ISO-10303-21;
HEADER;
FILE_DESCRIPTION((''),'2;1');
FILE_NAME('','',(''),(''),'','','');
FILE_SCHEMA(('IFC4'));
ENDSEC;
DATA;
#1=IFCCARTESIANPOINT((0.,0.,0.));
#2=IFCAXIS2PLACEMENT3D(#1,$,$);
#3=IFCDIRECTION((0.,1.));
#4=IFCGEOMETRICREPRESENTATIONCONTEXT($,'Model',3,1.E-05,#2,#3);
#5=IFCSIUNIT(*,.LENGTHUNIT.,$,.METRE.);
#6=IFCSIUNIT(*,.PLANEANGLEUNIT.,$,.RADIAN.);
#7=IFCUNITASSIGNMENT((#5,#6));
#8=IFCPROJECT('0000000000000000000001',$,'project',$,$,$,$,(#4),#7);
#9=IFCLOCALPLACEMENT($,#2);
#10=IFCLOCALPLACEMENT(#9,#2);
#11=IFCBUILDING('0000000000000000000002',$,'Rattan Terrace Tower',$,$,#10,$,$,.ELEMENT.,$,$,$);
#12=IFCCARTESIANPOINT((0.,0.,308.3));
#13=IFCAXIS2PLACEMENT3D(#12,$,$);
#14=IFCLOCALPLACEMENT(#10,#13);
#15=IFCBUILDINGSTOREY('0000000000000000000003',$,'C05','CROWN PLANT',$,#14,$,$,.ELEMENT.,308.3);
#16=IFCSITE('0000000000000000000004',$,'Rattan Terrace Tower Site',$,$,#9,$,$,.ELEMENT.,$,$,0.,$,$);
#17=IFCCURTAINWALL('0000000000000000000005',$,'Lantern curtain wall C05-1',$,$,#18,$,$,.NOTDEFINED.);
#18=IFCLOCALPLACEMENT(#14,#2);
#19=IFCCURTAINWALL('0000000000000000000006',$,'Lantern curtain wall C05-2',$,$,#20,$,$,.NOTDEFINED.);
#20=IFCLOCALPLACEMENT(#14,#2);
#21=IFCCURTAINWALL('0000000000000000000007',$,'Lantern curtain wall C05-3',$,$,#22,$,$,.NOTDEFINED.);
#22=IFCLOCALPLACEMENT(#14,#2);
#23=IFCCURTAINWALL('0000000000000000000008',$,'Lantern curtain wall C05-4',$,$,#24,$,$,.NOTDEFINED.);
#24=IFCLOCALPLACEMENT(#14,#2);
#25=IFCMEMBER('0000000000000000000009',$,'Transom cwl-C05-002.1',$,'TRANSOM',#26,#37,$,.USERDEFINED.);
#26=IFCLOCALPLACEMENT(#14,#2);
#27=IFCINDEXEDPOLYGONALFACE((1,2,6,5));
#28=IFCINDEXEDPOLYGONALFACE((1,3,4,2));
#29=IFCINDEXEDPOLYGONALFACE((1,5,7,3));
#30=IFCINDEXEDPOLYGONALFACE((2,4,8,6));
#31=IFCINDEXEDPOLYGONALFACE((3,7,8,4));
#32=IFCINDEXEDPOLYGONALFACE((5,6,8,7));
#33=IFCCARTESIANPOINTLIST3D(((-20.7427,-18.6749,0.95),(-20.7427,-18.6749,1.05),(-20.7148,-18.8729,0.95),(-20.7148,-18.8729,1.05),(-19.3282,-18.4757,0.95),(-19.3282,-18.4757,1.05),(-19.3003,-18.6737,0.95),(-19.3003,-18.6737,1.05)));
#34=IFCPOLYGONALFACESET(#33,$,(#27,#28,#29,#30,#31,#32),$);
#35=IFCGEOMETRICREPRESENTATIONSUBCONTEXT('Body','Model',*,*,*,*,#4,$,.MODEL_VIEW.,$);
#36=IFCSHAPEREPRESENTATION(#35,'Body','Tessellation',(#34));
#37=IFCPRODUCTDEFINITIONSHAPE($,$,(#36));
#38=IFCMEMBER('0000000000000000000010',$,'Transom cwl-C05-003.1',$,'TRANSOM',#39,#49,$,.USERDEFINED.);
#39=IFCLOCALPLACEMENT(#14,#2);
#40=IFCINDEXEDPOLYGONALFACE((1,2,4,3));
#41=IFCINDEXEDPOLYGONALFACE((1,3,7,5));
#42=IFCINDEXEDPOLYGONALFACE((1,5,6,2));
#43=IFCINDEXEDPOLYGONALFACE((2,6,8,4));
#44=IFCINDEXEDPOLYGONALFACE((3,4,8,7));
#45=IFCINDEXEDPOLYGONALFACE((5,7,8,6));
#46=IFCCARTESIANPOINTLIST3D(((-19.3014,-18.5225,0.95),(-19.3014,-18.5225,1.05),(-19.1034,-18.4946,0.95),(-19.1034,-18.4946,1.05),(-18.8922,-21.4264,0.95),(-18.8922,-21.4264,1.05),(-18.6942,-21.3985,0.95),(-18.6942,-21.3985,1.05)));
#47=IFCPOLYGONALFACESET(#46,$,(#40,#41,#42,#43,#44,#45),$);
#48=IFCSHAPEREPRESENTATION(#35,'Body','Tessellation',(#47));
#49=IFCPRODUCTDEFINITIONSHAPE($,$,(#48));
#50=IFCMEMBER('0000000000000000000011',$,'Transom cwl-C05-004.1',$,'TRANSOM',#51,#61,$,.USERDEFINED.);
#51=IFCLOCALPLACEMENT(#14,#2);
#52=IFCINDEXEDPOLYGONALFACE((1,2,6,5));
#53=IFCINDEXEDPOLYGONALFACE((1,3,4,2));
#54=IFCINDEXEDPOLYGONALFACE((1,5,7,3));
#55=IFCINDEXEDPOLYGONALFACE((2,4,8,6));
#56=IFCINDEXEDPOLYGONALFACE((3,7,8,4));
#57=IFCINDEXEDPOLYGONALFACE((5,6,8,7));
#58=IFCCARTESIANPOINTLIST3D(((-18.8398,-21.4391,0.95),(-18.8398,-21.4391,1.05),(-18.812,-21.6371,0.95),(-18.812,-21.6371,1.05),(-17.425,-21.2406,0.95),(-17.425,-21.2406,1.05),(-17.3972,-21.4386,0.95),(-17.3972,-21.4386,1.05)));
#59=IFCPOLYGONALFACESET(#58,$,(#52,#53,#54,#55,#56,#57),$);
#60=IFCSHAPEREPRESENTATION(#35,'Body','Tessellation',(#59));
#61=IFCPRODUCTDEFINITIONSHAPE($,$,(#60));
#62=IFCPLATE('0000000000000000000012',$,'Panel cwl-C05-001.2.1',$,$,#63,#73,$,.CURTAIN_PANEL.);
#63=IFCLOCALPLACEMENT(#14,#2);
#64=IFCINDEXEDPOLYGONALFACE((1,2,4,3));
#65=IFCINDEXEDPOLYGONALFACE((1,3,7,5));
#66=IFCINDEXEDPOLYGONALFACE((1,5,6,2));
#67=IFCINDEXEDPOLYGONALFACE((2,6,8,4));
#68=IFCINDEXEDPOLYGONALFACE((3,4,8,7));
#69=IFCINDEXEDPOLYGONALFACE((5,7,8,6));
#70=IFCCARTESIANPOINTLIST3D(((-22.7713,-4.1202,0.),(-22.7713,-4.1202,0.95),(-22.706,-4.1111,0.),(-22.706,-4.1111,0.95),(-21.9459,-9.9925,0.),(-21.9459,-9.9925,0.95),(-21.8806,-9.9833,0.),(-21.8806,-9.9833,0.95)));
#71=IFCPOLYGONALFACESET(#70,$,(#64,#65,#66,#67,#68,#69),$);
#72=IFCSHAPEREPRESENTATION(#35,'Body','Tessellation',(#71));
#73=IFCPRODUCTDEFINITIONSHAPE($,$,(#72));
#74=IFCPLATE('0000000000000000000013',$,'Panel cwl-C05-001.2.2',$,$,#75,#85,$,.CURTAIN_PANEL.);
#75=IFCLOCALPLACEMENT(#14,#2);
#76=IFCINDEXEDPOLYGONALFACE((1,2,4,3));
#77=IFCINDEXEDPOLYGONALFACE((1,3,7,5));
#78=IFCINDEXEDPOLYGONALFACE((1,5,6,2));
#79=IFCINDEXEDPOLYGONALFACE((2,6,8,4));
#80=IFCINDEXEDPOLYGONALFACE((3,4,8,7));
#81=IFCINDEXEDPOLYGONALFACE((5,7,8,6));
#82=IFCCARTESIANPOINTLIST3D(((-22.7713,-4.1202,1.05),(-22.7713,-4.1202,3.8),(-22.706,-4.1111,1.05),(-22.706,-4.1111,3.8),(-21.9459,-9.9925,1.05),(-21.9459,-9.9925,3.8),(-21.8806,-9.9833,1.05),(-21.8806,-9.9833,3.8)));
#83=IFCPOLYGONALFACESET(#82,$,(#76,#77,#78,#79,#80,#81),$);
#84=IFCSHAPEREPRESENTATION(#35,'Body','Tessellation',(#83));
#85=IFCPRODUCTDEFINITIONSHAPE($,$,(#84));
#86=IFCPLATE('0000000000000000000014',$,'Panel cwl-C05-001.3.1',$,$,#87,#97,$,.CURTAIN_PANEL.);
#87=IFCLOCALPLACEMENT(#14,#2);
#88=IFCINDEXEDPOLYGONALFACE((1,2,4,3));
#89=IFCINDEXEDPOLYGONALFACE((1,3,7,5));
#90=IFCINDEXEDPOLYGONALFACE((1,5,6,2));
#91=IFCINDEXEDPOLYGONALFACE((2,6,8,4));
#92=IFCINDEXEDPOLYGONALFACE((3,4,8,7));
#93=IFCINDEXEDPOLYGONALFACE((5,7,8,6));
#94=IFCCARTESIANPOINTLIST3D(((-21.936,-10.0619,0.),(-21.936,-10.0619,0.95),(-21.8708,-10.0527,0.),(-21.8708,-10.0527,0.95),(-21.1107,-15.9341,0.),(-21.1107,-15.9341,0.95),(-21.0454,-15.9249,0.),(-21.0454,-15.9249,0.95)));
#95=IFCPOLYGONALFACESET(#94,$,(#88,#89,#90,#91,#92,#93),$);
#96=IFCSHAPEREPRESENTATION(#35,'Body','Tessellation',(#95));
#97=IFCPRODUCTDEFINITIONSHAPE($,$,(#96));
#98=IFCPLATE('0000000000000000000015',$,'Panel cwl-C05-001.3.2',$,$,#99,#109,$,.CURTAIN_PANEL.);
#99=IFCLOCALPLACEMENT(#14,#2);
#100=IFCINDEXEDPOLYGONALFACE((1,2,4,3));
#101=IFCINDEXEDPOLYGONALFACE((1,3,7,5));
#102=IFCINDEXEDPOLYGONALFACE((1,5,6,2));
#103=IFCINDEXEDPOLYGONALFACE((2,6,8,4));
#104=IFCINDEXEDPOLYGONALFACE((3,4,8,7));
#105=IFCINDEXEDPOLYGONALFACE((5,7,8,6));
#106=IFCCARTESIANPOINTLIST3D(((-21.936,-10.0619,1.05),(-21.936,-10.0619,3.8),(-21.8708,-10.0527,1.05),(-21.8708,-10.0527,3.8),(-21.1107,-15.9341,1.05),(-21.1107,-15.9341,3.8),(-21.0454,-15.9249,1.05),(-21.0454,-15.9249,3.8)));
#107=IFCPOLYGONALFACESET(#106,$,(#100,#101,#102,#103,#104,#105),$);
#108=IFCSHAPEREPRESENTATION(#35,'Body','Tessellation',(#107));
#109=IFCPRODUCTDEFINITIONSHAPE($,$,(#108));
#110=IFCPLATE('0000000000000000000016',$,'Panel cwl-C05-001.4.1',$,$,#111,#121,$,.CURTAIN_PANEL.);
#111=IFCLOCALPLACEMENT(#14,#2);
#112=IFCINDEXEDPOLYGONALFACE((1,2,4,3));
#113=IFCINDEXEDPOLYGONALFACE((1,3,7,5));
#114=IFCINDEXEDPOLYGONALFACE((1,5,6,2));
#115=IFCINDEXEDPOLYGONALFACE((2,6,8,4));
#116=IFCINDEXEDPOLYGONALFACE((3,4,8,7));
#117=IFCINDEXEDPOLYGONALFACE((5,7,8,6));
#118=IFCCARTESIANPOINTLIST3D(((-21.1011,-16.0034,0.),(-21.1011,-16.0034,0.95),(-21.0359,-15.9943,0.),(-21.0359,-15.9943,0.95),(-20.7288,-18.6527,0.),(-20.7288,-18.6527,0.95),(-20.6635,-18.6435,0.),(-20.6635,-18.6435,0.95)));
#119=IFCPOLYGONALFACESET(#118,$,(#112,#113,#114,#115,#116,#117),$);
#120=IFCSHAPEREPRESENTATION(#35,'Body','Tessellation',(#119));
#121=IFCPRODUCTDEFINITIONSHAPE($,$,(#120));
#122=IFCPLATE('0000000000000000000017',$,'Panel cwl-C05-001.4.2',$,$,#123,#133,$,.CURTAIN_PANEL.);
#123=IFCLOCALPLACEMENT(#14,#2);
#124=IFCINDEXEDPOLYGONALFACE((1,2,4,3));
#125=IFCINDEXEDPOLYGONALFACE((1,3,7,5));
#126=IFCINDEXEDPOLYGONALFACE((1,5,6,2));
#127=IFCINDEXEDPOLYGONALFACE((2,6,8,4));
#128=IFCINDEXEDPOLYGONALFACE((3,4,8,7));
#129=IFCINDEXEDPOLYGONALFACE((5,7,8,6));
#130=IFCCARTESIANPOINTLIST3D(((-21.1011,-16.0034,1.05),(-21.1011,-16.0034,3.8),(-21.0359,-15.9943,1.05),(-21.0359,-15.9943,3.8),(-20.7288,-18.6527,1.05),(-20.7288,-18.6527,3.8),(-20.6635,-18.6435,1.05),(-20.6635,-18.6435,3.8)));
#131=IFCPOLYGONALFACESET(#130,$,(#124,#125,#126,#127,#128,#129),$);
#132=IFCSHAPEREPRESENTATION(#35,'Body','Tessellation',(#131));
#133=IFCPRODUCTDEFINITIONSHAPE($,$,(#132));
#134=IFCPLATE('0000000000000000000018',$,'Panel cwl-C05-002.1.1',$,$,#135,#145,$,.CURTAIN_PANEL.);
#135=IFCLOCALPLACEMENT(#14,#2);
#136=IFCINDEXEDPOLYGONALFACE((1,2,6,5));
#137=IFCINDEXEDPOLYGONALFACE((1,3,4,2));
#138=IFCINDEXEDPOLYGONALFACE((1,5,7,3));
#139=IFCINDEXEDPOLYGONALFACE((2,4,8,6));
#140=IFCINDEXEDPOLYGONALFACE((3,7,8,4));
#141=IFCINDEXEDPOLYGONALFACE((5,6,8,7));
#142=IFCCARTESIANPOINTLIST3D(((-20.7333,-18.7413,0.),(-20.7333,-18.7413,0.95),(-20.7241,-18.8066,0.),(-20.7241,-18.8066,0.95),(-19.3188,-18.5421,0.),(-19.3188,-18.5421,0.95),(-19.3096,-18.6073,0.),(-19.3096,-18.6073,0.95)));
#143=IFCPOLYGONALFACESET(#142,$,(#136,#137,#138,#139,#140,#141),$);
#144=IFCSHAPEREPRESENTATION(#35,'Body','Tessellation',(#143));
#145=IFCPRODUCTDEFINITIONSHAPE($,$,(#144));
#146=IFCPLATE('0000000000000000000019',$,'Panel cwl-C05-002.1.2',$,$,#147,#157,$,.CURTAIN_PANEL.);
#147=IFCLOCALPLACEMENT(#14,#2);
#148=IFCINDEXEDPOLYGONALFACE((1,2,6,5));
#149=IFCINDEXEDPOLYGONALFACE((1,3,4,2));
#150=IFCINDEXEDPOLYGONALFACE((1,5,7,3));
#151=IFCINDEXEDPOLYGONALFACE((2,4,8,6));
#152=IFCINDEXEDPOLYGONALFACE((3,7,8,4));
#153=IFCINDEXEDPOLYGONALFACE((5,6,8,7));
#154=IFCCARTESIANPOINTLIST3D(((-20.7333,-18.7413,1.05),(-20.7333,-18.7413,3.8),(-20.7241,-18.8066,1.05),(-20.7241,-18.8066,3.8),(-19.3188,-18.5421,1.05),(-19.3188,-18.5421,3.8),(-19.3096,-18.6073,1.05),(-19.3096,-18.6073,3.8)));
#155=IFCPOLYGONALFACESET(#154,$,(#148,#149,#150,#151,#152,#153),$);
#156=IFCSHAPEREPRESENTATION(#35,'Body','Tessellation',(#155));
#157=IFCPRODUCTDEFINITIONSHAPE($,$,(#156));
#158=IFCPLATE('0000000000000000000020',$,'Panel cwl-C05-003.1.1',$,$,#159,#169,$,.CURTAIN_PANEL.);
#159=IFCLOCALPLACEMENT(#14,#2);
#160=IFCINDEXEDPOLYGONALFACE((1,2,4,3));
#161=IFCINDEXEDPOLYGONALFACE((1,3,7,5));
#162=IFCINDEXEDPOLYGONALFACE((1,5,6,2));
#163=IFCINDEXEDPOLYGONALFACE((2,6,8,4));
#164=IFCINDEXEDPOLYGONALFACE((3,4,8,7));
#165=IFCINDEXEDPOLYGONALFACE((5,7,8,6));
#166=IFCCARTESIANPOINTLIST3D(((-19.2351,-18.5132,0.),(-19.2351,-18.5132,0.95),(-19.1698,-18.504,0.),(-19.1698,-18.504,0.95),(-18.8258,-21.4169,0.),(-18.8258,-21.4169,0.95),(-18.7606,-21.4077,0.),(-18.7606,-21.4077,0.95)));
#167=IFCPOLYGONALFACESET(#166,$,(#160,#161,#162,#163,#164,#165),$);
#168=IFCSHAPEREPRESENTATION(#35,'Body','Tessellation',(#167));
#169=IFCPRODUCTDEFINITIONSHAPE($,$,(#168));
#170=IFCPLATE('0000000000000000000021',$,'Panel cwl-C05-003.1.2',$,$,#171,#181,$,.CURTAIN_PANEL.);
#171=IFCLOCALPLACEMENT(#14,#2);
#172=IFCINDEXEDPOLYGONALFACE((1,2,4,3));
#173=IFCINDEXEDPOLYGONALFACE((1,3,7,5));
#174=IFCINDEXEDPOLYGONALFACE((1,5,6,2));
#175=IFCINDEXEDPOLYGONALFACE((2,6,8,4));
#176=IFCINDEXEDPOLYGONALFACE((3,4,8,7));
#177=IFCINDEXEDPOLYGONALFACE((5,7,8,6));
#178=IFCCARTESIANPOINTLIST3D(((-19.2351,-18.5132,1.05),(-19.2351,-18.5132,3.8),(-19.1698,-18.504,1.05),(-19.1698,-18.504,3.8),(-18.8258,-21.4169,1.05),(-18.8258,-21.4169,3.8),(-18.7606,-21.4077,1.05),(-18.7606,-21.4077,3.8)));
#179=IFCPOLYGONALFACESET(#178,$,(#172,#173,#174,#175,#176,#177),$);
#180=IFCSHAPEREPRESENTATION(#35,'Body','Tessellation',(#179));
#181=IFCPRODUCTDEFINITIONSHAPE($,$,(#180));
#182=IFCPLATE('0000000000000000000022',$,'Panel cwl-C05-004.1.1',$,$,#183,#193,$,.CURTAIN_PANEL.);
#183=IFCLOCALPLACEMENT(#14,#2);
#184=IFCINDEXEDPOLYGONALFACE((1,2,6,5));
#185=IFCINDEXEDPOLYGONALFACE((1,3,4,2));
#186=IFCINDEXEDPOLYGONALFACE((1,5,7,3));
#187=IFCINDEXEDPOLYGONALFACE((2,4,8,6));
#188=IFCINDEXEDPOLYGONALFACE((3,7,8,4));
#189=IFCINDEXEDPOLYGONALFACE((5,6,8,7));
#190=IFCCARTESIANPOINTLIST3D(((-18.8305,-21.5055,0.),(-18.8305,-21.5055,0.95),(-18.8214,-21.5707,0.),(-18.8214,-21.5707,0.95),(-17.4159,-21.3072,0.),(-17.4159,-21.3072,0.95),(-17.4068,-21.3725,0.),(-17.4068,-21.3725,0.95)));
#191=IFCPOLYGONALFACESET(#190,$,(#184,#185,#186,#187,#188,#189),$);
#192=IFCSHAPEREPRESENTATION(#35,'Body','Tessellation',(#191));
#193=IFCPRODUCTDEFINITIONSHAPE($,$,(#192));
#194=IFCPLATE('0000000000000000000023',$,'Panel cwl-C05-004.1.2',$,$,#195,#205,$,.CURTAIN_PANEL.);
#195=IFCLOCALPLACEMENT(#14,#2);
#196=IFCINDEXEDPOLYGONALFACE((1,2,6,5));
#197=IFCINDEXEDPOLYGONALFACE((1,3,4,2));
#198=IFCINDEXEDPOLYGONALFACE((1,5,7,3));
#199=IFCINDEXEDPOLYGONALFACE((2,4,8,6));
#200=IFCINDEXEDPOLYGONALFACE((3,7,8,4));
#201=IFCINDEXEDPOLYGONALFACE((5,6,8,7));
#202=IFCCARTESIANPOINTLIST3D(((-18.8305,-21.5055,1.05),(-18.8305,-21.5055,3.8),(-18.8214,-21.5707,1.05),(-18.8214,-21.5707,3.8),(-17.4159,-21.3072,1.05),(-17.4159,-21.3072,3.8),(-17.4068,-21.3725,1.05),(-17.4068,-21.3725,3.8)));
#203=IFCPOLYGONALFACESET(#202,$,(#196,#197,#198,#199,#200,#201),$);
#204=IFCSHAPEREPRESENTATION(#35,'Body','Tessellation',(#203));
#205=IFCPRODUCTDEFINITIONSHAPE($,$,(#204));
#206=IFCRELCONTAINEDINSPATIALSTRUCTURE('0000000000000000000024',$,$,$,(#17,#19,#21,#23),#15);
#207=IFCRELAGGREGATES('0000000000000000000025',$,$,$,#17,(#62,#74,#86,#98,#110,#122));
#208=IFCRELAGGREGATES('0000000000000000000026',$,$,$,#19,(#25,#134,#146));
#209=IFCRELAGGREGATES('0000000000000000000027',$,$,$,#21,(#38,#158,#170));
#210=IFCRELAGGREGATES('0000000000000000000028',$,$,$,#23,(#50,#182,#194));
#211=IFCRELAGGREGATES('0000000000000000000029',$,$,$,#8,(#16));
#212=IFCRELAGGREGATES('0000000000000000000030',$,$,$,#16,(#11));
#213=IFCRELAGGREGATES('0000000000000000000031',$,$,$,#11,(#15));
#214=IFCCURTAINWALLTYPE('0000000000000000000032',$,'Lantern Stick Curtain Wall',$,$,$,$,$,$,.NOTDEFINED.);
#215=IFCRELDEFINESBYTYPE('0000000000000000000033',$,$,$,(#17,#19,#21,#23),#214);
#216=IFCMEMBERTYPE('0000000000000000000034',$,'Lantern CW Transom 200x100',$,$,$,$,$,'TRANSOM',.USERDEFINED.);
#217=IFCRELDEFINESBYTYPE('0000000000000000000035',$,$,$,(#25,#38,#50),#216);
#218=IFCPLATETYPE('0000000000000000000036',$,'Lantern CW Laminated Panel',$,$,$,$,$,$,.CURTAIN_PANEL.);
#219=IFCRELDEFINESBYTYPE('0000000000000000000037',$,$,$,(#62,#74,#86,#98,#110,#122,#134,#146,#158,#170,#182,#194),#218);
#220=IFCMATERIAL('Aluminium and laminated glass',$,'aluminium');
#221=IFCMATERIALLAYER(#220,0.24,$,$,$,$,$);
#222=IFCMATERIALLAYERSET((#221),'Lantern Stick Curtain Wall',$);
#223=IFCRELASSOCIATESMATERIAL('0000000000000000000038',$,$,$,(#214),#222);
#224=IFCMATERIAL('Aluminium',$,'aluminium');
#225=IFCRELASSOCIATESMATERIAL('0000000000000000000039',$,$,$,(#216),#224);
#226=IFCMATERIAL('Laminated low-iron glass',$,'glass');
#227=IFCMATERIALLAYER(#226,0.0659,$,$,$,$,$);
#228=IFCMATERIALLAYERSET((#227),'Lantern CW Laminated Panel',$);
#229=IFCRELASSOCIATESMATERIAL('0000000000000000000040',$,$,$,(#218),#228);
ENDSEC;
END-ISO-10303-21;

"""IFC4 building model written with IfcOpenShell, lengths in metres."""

from ifc_helpers import new_model, si_unit, direction, frame, origin, origin_2d, place, context, subcontext, project, spatial, rectangle, extrude, material, layer, layer_set, material_profile, profile_set, type_object, element, aggregate, save


model = new_model("IFC4")

# Units and contexts
model_context = context("Model", 3, precision=1e-05, world=origin(), true_north=direction((0.0, 1.0)))
body_context = subcontext(model_context, "Body", "Model", "MODEL_VIEW")
ifc_project = project(units=[si_unit("LENGTHUNIT", "METRE"), si_unit("PLANEANGLEUNIT", "RADIAN")], contexts=[model_context])

# Site, building, storey
site_placement = place(None, origin())
site = spatial("IfcSite", under=ifc_project, at=site_placement, Name="Rattan Terrace Tower Site", CompositionType="ELEMENT", RefElevation=0.0)
building_placement = place(site_placement, origin())
building = spatial("IfcBuilding", under=site, at=building_placement, Name="Rattan Terrace Tower", CompositionType="ELEMENT")
storey_placement = place(building_placement, frame((0.0, 0.0, 308.3)))
storey = spatial("IfcBuildingStorey", under=building, at=storey_placement, Name="C05", Description="CROWN PLANT", CompositionType="ELEMENT", Elevation=308.3)

# Curtain wall
ifc_material_1 = material(Name="Aluminium and laminated glass", Category="aluminium")
ifc_layer_1 = layer(ifc_material_1, 0.24)
ifc_layer_set_1 = layer_set([ifc_layer_1], Name="Lantern Stick Curtain Wall")
curtain_wall_type = type_object("IfcCurtainWallType", Name="Lantern Stick Curtain Wall", PredefinedType="NOTDEFINED", material=ifc_layer_set_1)
curtain_wall_1_placement = place(storey_placement, origin())
curtain_wall_1 = element("IfcCurtainWall", 1, at=curtain_wall_1_placement, inside=storey, type_object=curtain_wall_type, Name="Lantern curtain wall C05-1", PredefinedType="NOTDEFINED")

# Curtain walls
curtain_wall_2_placement = place(storey_placement, origin())
curtain_wall_2 = element("IfcCurtainWall", 2, at=curtain_wall_2_placement, inside=storey, type_object=curtain_wall_type, Name="Lantern curtain wall C05-2", PredefinedType="NOTDEFINED")
curtain_wall_3_placement = place(storey_placement, origin())
curtain_wall_3 = element("IfcCurtainWall", 3, at=curtain_wall_3_placement, inside=storey, type_object=curtain_wall_type, Name="Lantern curtain wall C05-3", PredefinedType="NOTDEFINED")
curtain_wall_4_placement = place(storey_placement, origin())
curtain_wall_4 = element("IfcCurtainWall", 4, at=curtain_wall_4_placement, inside=storey, type_object=curtain_wall_type, Name="Lantern curtain wall C05-4", PredefinedType="NOTDEFINED")

# Members
ifc_material_2 = material(Name="Aluminium", Category="aluminium")
ifc_material_profile_1 = material_profile(ifc_material_2, rectangle(XDim=0.2, YDim=0.1001, at=origin_2d()), Name="Aluminium 200x100")
ifc_profile_set_1 = profile_set([ifc_material_profile_1], Name="Aluminium")
member_type_1 = type_object("IfcMemberType", Name="Lantern CW Transom 200x100", ElementType="TRANSOM", PredefinedType="USERDEFINED", material=ifc_profile_set_1)
member_1_placement = place(storey_placement, frame((-20.7288, -18.7739, 1.0), z_axis=(0.990228, 0.139459, 0.0), x_axis=(-0.139459, 0.990228, 0.0)))
member_1 = element("IfcMember", 5, at=member_1_placement, type_object=member_type_1, Name="Transom cwl-C05-002.1", ObjectType="TRANSOM", PredefinedType="USERDEFINED", context=body_context, shape_type="SweptSolid", body=[
    extrude(rectangle(XDim=0.2, YDim=0.1001, at=origin_2d()), origin(), (0.0, 0.0, 1.0), 1.4285),
])
member_2_placement = place(storey_placement, frame((-19.2024, -18.5085, 1.0), z_axis=(0.139533, -0.990217, 0.0), x_axis=(0.990217, 0.139533, 0.0)))
member_2 = element("IfcMember", 6, at=member_2_placement, type_object=member_type_1, Name="Transom cwl-C05-003.1", ObjectType="TRANSOM", PredefinedType="USERDEFINED", context=body_context, shape_type="SweptSolid", body=[
    extrude(rectangle(XDim=0.2, YDim=0.1001, at=origin_2d()), origin(), (0.0, 0.0, 1.0), 2.9326),
])
member_3_placement = place(storey_placement, frame((-18.8259, -21.5381, 1.0), z_axis=(0.990302, 0.138933, 0.0), x_axis=(-0.138933, 0.990302, 0.0)))
member_3 = element("IfcMember", 7, at=member_3_placement, type_object=member_type_1, Name="Transom cwl-C05-004.1", ObjectType="TRANSOM", PredefinedType="USERDEFINED", context=body_context, shape_type="SweptSolid", body=[
    extrude(rectangle(XDim=0.2, YDim=0.1001, at=origin_2d()), origin(), (0.0, 0.0, 1.0), 1.4287),
])

# Plates
ifc_material_3 = material(Name="Laminated low-iron glass", Category="glass")
ifc_layer_2 = layer(ifc_material_3, 0.0659)
ifc_layer_set_2 = layer_set([ifc_layer_2], Name="Lantern CW Laminated Panel")
plate_type = type_object("IfcPlateType", Name="Lantern CW Laminated Panel", PredefinedType="CURTAIN_PANEL", material=ifc_layer_set_2)
plate_1_placement = place(storey_placement, frame((-22.3259, -7.0518, 0.0), z_axis=(0.0, 0.0, 1.0), x_axis=(0.139188, -0.990266, 0.0)))
plate_1 = element("IfcPlate", 8, at=plate_1_placement, type_object=plate_type, Name="Panel cwl-C05-001.2.1", PredefinedType="CURTAIN_PANEL", context=body_context, shape_type="SweptSolid", body=[
    extrude(rectangle(XDim=5.9299, YDim=0.0659, at=origin_2d()), origin(), (0.0, 0.0, 1.0), 0.95),
])
plate_2_placement = place(storey_placement, frame((-22.3259, -7.0518, 1.05), z_axis=(0.0, 0.0, 1.0), x_axis=(0.139188, -0.990266, 0.0)))
plate_2 = element("IfcPlate", 9, at=plate_2_placement, type_object=plate_type, Name="Panel cwl-C05-001.2.2", PredefinedType="CURTAIN_PANEL", context=body_context, shape_type="SweptSolid", body=[
    extrude(rectangle(XDim=5.9299, YDim=0.0659, at=origin_2d()), origin(), (0.0, 0.0, 1.0), 2.75),
])
plate_3_placement = place(storey_placement, frame((-21.4907, -12.9934, 0.0), z_axis=(0.0, 0.0, 1.0), x_axis=(0.139188, -0.990266, 0.0)))
plate_3 = element("IfcPlate", 10, at=plate_3_placement, type_object=plate_type, Name="Panel cwl-C05-001.3.1", PredefinedType="CURTAIN_PANEL", context=body_context, shape_type="SweptSolid", body=[
    extrude(rectangle(XDim=5.9299, YDim=0.0659, at=origin_2d()), origin(), (0.0, 0.0, 1.0), 0.95),
])
plate_4_placement = place(storey_placement, frame((-21.4907, -12.9934, 1.05), z_axis=(0.0, 0.0, 1.0), x_axis=(0.139188, -0.990266, 0.0)))
plate_4 = element("IfcPlate", 11, at=plate_4_placement, type_object=plate_type, Name="Panel cwl-C05-001.3.2", PredefinedType="CURTAIN_PANEL", context=body_context, shape_type="SweptSolid", body=[
    extrude(rectangle(XDim=5.9299, YDim=0.0659, at=origin_2d()), origin(), (0.0, 0.0, 1.0), 2.75),
])
plate_5_placement = place(storey_placement, frame((-20.8823, -17.3235, 0.0), z_axis=(0.0, 0.0, 1.0), x_axis=(0.139188, -0.990266, 0.0)))
plate_5 = element("IfcPlate", 12, at=plate_5_placement, type_object=plate_type, Name="Panel cwl-C05-001.4.1", PredefinedType="CURTAIN_PANEL", context=body_context, shape_type="SweptSolid", body=[
    extrude(rectangle(XDim=2.6753, YDim=0.0659, at=origin_2d()), origin(), (0.0, 0.0, 1.0), 0.95),
])
plate_6_placement = place(storey_placement, frame((-20.8823, -17.3235, 1.05), z_axis=(0.0, 0.0, 1.0), x_axis=(0.139188, -0.990266, 0.0)))
plate_6 = element("IfcPlate", 13, at=plate_6_placement, type_object=plate_type, Name="Panel cwl-C05-001.4.2", PredefinedType="CURTAIN_PANEL", context=body_context, shape_type="SweptSolid", body=[
    extrude(rectangle(XDim=2.6753, YDim=0.0659, at=origin_2d()), origin(), (0.0, 0.0, 1.0), 2.75),
])
aggregate(curtain_wall_1, [plate_1, plate_2, plate_3, plate_4, plate_5, plate_6])
plate_7_placement = place(storey_placement, frame((-20.0215, -18.6743, 0.0), z_axis=(0.0, 0.0, 1.0), x_axis=(0.990228, 0.139459, 0.0)))
plate_7 = element("IfcPlate", 14, at=plate_7_placement, type_object=plate_type, Name="Panel cwl-C05-002.1.1", PredefinedType="CURTAIN_PANEL", context=body_context, shape_type="SweptSolid", body=[
    extrude(rectangle(XDim=1.4285, YDim=0.0659, at=origin_2d()), origin(), (0.0, 0.0, 1.0), 0.95),
])
plate_8_placement = place(storey_placement, frame((-20.0215, -18.6743, 1.05), z_axis=(0.0, 0.0, 1.0), x_axis=(0.990228, 0.139459, 0.0)))
plate_8 = element("IfcPlate", 15, at=plate_8_placement, type_object=plate_type, Name="Panel cwl-C05-002.1.2", PredefinedType="CURTAIN_PANEL", context=body_context, shape_type="SweptSolid", body=[
    extrude(rectangle(XDim=1.4285, YDim=0.0659, at=origin_2d()), origin(), (0.0, 0.0, 1.0), 2.75),
])
aggregate(curtain_wall_2, [member_1, plate_7, plate_8])
plate_9_placement = place(storey_placement, frame((-18.9978, -19.9604, 0.0), z_axis=(0.0, 0.0, 1.0), x_axis=(0.139556, -0.990214, 0.0)))
plate_9 = element("IfcPlate", 16, at=plate_9_placement, type_object=plate_type, Name="Panel cwl-C05-003.1.1", PredefinedType="CURTAIN_PANEL", context=body_context, shape_type="SweptSolid", body=[
    extrude(rectangle(XDim=2.9324, YDim=0.0659, at=origin_2d()), origin(), (0.0, 0.0, 1.0), 0.95),
])
plate_10_placement = place(storey_placement, frame((-18.9978, -19.9604, 1.05), z_axis=(0.0, 0.0, 1.0), x_axis=(0.139556, -0.990214, 0.0)))
plate_10 = element("IfcPlate", 17, at=plate_10_placement, type_object=plate_type, Name="Panel cwl-C05-003.1.2", PredefinedType="CURTAIN_PANEL", context=body_context, shape_type="SweptSolid", body=[
    extrude(rectangle(XDim=2.9324, YDim=0.0659, at=origin_2d()), origin(), (0.0, 0.0, 1.0), 2.75),
])
aggregate(curtain_wall_3, [member_2, plate_9, plate_10])
plate_11_placement = place(storey_placement, frame((-18.1187, -21.439, 0.0), z_axis=(0.0, 0.0, 1.0), x_axis=(0.99032, 0.138805, 0.0)))
plate_11 = element("IfcPlate", 18, at=plate_11_placement, type_object=plate_type, Name="Panel cwl-C05-004.1.1", PredefinedType="CURTAIN_PANEL", context=body_context, shape_type="SweptSolid", body=[
    extrude(rectangle(XDim=1.4285, YDim=0.0659, at=origin_2d()), origin(), (0.0, 0.0, 1.0), 0.95),
])
plate_12_placement = place(storey_placement, frame((-18.1187, -21.439, 1.05), z_axis=(0.0, 0.0, 1.0), x_axis=(0.99032, 0.138805, 0.0)))
plate_12 = element("IfcPlate", 19, at=plate_12_placement, type_object=plate_type, Name="Panel cwl-C05-004.1.2", PredefinedType="CURTAIN_PANEL", context=body_context, shape_type="SweptSolid", body=[
    extrude(rectangle(XDim=1.4285, YDim=0.0659, at=origin_2d()), origin(), (0.0, 0.0, 1.0), 2.75),
])
aggregate(curtain_wall_4, [member_3, plate_11, plate_12])

save(model, "model.ifc")
